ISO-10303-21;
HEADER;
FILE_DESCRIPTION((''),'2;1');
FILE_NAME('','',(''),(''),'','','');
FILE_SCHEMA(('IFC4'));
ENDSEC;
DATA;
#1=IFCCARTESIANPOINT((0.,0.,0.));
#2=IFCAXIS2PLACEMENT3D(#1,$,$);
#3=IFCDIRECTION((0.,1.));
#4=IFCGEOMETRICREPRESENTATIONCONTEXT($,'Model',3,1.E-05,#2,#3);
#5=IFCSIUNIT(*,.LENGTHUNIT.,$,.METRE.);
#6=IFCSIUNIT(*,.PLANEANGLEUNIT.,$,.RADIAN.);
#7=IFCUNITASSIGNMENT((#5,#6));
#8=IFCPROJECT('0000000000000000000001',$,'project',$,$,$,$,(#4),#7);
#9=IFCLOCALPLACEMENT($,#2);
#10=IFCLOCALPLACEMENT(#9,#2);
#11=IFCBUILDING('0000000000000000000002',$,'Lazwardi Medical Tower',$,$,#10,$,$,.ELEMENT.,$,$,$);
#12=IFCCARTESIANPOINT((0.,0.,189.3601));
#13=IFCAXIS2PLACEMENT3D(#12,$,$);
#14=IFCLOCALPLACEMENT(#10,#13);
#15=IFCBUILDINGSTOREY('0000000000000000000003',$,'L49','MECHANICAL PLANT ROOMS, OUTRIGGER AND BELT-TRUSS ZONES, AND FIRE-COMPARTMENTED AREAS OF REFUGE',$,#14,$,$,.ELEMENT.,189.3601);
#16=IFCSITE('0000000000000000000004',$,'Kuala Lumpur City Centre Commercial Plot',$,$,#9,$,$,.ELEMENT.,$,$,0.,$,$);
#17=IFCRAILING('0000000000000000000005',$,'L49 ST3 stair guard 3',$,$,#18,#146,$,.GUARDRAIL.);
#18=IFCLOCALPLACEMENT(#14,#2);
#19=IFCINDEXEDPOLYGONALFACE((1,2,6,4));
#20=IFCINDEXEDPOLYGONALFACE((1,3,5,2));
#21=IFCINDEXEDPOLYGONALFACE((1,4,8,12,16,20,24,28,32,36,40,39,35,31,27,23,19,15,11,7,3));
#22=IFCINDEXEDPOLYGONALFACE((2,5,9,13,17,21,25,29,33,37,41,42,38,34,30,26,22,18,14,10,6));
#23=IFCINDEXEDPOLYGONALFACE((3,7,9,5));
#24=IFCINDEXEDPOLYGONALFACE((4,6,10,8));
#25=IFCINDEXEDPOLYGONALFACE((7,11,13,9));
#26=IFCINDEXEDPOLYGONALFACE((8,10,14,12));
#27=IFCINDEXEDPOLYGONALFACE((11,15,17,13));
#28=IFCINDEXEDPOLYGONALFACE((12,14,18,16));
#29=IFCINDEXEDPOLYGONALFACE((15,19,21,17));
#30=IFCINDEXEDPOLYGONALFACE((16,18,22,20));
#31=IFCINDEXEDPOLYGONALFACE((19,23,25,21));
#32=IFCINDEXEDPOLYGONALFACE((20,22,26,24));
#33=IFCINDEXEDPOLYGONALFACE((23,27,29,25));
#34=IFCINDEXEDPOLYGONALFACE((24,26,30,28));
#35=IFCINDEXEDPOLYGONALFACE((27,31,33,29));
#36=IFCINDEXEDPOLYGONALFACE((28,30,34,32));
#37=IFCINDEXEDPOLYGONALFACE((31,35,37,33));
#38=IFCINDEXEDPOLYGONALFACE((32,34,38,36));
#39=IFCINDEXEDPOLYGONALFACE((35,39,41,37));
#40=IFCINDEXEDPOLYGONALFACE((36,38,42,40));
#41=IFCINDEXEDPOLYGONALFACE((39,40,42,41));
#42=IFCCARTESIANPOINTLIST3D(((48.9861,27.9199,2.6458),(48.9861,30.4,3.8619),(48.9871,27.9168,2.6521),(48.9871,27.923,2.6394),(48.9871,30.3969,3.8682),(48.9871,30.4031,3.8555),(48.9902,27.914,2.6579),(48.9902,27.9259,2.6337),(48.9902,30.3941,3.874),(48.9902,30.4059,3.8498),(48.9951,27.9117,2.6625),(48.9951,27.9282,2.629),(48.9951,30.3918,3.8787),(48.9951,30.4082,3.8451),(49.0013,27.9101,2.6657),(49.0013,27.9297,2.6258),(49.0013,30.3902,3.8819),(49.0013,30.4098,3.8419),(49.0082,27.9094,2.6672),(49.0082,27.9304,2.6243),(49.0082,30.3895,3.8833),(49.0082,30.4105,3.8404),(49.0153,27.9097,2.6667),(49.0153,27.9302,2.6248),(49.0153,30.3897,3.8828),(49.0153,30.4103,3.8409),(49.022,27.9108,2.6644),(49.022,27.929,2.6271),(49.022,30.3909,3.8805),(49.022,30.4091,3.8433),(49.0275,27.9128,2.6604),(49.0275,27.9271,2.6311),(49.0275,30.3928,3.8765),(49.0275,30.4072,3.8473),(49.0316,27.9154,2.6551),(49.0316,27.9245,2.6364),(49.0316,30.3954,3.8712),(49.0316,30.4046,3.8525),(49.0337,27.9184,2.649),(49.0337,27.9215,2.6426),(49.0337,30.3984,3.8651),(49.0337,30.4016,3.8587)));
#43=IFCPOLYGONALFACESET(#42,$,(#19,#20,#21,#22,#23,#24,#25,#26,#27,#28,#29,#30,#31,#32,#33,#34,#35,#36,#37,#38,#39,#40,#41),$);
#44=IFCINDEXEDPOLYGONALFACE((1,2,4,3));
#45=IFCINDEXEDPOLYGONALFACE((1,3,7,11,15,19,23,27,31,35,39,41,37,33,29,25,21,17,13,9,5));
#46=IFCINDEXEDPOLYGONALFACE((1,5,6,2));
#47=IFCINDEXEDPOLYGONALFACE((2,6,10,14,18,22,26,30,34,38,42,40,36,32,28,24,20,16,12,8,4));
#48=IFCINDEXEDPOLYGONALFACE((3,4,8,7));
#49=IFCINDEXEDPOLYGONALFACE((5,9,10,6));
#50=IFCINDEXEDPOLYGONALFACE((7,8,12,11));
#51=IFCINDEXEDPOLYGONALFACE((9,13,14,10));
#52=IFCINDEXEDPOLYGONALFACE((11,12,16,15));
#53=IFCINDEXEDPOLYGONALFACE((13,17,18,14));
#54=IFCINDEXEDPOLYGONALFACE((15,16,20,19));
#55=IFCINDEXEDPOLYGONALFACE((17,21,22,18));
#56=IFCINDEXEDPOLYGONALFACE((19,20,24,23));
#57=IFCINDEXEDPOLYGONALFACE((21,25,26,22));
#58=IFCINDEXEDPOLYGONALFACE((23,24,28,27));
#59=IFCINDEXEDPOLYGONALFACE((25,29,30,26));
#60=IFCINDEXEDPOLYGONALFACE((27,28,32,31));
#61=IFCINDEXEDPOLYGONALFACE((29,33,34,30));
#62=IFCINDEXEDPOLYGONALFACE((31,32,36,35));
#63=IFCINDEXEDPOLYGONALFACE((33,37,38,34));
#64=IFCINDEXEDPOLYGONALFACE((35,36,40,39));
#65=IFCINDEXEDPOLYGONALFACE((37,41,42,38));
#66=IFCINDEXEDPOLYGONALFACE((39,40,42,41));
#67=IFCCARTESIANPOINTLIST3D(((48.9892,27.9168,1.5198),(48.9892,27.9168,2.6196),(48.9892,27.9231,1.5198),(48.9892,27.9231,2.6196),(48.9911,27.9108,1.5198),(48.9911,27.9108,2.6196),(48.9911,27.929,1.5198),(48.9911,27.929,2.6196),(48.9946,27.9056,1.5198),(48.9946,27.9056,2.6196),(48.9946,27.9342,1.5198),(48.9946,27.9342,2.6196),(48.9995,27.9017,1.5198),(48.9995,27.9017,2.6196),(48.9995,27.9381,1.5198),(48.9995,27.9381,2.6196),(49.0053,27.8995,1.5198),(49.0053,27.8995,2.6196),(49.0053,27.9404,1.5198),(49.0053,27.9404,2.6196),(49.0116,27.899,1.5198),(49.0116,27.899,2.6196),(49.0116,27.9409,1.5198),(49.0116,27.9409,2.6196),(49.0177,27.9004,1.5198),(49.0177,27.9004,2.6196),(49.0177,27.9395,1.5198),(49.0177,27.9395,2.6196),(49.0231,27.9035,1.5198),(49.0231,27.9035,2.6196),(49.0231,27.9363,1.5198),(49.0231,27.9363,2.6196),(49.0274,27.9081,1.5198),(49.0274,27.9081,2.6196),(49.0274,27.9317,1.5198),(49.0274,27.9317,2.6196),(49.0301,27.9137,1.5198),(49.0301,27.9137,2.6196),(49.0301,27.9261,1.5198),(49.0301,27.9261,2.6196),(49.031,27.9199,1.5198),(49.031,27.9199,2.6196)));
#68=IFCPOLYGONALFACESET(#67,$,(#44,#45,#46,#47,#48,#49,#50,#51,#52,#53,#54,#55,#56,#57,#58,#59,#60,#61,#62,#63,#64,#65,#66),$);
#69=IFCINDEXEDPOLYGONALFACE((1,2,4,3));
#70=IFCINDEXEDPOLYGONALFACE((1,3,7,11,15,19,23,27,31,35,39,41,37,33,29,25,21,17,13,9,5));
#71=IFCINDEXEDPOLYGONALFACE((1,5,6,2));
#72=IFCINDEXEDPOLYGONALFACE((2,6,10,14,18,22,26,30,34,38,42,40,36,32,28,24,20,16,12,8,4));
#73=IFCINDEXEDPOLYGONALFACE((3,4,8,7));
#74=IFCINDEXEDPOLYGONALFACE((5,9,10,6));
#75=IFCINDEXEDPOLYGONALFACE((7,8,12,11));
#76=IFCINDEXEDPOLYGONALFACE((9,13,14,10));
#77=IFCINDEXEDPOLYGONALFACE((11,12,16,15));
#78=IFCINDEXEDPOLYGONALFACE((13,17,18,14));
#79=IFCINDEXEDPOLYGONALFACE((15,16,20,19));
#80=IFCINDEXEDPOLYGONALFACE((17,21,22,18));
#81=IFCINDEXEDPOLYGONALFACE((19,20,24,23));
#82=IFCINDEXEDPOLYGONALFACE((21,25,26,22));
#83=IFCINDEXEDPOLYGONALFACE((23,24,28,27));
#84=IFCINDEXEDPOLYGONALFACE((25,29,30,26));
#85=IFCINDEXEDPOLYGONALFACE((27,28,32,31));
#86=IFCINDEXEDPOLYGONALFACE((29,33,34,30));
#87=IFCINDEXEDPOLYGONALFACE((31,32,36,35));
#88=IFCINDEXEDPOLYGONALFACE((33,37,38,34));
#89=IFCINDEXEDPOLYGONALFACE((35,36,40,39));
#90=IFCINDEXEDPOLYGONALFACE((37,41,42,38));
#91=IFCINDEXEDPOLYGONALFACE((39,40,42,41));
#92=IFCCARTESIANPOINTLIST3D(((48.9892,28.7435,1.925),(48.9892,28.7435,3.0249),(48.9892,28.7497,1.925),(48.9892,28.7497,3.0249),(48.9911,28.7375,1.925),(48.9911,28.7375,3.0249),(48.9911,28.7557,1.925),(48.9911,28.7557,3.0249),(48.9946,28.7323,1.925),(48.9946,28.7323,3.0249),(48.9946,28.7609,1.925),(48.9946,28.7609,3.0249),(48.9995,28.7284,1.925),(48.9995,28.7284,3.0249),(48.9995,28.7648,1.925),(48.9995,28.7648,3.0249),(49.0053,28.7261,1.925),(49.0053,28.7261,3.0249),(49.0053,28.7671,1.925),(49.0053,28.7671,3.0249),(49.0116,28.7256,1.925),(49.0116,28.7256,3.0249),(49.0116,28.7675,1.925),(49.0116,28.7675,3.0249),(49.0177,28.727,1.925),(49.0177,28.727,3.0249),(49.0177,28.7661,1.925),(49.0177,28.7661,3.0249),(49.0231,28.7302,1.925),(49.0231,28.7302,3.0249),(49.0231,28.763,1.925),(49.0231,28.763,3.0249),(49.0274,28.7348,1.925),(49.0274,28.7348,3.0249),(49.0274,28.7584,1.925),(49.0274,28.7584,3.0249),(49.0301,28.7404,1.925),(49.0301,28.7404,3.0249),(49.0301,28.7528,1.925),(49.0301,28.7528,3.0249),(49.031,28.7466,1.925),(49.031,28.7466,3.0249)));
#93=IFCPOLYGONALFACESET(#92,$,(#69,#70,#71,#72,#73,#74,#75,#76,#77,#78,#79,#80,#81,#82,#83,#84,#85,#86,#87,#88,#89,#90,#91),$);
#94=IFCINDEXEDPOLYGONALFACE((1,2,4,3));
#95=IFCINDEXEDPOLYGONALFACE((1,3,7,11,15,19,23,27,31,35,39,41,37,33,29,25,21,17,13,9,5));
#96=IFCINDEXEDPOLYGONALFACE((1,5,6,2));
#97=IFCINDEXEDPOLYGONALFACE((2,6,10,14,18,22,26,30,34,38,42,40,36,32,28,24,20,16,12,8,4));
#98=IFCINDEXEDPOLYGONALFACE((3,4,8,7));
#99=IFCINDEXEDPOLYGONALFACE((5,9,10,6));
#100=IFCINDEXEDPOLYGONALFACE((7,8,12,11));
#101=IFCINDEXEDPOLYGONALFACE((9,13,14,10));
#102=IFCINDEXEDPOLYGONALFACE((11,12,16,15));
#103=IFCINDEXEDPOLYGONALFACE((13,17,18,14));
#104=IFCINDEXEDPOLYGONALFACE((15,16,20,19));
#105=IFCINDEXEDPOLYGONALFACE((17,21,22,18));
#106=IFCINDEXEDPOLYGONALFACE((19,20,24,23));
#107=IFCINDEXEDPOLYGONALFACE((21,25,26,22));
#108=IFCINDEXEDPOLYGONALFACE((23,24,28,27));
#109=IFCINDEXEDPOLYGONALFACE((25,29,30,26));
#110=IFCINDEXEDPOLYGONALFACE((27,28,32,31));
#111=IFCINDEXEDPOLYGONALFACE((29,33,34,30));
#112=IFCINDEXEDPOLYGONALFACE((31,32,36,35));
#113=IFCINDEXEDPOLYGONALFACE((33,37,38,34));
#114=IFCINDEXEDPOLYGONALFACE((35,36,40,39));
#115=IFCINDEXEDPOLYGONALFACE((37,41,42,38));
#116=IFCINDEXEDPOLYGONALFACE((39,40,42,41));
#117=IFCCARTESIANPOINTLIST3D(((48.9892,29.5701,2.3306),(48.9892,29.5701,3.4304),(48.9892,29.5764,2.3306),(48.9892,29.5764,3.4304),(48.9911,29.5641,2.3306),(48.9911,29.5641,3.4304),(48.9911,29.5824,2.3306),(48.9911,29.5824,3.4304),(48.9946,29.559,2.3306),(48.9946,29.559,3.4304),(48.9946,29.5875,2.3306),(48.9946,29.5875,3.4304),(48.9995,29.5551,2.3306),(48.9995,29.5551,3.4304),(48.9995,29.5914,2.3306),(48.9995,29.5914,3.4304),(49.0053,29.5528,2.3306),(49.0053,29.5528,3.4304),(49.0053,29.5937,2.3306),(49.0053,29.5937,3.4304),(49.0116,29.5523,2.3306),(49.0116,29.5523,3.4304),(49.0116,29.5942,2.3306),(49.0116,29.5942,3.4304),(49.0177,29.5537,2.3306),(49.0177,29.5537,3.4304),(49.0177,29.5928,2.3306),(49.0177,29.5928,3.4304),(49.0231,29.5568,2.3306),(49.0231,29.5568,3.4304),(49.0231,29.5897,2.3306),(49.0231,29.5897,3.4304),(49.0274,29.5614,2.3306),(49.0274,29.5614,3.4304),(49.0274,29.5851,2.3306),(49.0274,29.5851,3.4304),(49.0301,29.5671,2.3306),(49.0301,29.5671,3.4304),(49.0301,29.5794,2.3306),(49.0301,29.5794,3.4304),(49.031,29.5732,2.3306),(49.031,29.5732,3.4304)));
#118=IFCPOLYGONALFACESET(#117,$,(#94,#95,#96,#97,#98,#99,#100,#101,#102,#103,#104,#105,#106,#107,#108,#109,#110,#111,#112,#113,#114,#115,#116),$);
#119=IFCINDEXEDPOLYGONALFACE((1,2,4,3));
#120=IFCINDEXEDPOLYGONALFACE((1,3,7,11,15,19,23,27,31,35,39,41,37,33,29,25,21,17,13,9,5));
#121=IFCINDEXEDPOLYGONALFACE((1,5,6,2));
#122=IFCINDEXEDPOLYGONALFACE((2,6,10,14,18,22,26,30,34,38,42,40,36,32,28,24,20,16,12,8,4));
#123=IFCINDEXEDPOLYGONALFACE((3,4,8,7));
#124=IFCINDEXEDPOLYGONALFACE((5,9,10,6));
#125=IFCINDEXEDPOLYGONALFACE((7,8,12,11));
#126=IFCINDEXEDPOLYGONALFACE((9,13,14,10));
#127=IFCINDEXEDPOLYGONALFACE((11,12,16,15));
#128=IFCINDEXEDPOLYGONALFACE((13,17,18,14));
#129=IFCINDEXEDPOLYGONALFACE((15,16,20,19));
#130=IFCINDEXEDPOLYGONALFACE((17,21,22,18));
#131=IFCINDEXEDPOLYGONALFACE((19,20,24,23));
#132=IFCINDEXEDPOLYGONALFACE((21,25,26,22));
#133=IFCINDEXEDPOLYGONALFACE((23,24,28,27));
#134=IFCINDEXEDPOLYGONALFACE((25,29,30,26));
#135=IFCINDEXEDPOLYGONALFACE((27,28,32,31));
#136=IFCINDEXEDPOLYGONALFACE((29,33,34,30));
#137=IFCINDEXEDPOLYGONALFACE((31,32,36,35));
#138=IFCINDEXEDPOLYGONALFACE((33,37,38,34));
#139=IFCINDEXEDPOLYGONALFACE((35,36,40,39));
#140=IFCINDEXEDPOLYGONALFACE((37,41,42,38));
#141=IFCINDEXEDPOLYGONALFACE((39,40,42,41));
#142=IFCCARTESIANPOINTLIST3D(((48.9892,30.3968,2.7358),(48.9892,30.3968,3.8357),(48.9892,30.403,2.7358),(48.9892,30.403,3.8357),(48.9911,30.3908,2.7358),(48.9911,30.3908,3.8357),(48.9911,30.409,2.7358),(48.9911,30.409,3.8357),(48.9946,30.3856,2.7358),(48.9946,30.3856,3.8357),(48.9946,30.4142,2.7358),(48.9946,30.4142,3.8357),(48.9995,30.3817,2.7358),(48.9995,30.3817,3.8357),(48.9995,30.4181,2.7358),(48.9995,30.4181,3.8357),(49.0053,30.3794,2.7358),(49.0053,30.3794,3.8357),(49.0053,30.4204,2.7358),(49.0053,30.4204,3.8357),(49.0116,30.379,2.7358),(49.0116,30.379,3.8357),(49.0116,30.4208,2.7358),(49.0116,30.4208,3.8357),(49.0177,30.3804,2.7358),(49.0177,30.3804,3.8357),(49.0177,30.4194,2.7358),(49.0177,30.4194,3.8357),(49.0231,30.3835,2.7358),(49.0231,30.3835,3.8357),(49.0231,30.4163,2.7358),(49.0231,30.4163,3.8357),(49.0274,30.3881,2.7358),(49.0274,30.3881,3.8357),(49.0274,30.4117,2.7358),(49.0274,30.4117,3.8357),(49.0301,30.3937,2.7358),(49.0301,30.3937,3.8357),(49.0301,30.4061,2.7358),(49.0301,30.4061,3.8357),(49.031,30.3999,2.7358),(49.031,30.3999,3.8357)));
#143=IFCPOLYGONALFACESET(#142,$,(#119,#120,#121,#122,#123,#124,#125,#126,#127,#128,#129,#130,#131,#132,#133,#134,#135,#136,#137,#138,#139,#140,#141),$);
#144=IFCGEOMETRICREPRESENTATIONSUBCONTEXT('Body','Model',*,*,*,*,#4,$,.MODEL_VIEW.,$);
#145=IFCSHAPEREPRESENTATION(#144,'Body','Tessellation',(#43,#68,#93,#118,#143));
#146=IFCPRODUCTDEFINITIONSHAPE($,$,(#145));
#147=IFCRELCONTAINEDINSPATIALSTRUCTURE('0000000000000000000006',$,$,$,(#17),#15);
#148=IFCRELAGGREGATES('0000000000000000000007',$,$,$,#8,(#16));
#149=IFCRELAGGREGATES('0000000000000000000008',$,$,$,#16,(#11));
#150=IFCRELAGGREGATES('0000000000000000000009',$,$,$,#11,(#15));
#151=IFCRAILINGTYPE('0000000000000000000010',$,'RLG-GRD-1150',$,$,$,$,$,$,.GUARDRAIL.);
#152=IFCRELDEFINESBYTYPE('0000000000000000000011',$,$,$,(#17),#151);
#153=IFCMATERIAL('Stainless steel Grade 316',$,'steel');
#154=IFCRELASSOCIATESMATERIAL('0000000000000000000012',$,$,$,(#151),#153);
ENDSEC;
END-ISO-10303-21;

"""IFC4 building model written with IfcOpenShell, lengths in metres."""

from ifc_helpers import new_model, si_unit, direction, frame, origin, origin_2d, place, context, subcontext, project, spatial, circle, extrude, material, type_object, element, save


model = new_model("IFC4")

# Units and contexts
model_context = context("Model", 3, precision=1e-05, world=origin(), true_north=direction((0.0, 1.0)))
body_context = subcontext(model_context, "Body", "Model", "MODEL_VIEW")
ifc_project = project(units=[si_unit("LENGTHUNIT", "METRE"), si_unit("PLANEANGLEUNIT", "RADIAN")], contexts=[model_context])

# Site, building, storey
site_placement = place(None, origin())
site = spatial("IfcSite", under=ifc_project, at=site_placement, Name="Kuala Lumpur City Centre Commercial Plot", CompositionType="ELEMENT", RefElevation=0.0)
building_placement = place(site_placement, origin())
building = spatial("IfcBuilding", under=site, at=building_placement, Name="Lazwardi Medical Tower", CompositionType="ELEMENT")
storey_placement = place(building_placement, frame((0.0, 0.0, 189.3601)))
storey = spatial("IfcBuildingStorey", under=building, at=storey_placement, Name="L49", Description="MECHANICAL PLANT ROOMS, OUTRIGGER AND BELT-TRUSS ZONES, AND FIRE-COMPARTMENTED AREAS OF REFUGE", CompositionType="ELEMENT", Elevation=189.3601)

# Railing
ifc_material_1 = material(Name="Stainless steel Grade 316", Category="steel")
railing_type_1 = type_object("IfcRailingType", Name="RLG-GRD-1150", PredefinedType="GUARDRAIL", material=ifc_material_1)
for number, where, name in (
    (1, (49.01, 27.9199, 1.5198), "L49 ST3 stair guard 3"),
):
    element("IfcRailing", number, at=place(storey_placement, frame(where)), inside=storey, type_object=railing_type_1, Name=name, PredefinedType="GUARDRAIL", context=body_context, shape_type="SweptSolid", body=[
        extrude(circle(Radius=0.0239, at=origin_2d()), frame((0.0, 0.0, 1.126), z_axis=(0.0, 0.897865, 0.44027), x_axis=(-1.0, 0.0, 0.0)), (0.0, 0.0, 1.0), 2.7622),
        extrude(circle(Radius=0.021, at=origin_2d()), origin(), (0.0, 0.0, 1.0), 1.0999),
        extrude(circle(Radius=0.021, at=origin_2d()), frame((0.0, 0.8267, 0.4053)), (0.0, 0.0, 1.0), 1.0999),
        extrude(circle(Radius=0.021, at=origin_2d()), frame((0.0, 1.6533, 0.8108)), (0.0, 0.0, 1.0), 1.0999),
        extrude(circle(Radius=0.021, at=origin_2d()), frame((0.0, 2.48, 1.2161)), (0.0, 0.0, 1.0), 1.0999),
    ])

save(model, "model.ifc")
